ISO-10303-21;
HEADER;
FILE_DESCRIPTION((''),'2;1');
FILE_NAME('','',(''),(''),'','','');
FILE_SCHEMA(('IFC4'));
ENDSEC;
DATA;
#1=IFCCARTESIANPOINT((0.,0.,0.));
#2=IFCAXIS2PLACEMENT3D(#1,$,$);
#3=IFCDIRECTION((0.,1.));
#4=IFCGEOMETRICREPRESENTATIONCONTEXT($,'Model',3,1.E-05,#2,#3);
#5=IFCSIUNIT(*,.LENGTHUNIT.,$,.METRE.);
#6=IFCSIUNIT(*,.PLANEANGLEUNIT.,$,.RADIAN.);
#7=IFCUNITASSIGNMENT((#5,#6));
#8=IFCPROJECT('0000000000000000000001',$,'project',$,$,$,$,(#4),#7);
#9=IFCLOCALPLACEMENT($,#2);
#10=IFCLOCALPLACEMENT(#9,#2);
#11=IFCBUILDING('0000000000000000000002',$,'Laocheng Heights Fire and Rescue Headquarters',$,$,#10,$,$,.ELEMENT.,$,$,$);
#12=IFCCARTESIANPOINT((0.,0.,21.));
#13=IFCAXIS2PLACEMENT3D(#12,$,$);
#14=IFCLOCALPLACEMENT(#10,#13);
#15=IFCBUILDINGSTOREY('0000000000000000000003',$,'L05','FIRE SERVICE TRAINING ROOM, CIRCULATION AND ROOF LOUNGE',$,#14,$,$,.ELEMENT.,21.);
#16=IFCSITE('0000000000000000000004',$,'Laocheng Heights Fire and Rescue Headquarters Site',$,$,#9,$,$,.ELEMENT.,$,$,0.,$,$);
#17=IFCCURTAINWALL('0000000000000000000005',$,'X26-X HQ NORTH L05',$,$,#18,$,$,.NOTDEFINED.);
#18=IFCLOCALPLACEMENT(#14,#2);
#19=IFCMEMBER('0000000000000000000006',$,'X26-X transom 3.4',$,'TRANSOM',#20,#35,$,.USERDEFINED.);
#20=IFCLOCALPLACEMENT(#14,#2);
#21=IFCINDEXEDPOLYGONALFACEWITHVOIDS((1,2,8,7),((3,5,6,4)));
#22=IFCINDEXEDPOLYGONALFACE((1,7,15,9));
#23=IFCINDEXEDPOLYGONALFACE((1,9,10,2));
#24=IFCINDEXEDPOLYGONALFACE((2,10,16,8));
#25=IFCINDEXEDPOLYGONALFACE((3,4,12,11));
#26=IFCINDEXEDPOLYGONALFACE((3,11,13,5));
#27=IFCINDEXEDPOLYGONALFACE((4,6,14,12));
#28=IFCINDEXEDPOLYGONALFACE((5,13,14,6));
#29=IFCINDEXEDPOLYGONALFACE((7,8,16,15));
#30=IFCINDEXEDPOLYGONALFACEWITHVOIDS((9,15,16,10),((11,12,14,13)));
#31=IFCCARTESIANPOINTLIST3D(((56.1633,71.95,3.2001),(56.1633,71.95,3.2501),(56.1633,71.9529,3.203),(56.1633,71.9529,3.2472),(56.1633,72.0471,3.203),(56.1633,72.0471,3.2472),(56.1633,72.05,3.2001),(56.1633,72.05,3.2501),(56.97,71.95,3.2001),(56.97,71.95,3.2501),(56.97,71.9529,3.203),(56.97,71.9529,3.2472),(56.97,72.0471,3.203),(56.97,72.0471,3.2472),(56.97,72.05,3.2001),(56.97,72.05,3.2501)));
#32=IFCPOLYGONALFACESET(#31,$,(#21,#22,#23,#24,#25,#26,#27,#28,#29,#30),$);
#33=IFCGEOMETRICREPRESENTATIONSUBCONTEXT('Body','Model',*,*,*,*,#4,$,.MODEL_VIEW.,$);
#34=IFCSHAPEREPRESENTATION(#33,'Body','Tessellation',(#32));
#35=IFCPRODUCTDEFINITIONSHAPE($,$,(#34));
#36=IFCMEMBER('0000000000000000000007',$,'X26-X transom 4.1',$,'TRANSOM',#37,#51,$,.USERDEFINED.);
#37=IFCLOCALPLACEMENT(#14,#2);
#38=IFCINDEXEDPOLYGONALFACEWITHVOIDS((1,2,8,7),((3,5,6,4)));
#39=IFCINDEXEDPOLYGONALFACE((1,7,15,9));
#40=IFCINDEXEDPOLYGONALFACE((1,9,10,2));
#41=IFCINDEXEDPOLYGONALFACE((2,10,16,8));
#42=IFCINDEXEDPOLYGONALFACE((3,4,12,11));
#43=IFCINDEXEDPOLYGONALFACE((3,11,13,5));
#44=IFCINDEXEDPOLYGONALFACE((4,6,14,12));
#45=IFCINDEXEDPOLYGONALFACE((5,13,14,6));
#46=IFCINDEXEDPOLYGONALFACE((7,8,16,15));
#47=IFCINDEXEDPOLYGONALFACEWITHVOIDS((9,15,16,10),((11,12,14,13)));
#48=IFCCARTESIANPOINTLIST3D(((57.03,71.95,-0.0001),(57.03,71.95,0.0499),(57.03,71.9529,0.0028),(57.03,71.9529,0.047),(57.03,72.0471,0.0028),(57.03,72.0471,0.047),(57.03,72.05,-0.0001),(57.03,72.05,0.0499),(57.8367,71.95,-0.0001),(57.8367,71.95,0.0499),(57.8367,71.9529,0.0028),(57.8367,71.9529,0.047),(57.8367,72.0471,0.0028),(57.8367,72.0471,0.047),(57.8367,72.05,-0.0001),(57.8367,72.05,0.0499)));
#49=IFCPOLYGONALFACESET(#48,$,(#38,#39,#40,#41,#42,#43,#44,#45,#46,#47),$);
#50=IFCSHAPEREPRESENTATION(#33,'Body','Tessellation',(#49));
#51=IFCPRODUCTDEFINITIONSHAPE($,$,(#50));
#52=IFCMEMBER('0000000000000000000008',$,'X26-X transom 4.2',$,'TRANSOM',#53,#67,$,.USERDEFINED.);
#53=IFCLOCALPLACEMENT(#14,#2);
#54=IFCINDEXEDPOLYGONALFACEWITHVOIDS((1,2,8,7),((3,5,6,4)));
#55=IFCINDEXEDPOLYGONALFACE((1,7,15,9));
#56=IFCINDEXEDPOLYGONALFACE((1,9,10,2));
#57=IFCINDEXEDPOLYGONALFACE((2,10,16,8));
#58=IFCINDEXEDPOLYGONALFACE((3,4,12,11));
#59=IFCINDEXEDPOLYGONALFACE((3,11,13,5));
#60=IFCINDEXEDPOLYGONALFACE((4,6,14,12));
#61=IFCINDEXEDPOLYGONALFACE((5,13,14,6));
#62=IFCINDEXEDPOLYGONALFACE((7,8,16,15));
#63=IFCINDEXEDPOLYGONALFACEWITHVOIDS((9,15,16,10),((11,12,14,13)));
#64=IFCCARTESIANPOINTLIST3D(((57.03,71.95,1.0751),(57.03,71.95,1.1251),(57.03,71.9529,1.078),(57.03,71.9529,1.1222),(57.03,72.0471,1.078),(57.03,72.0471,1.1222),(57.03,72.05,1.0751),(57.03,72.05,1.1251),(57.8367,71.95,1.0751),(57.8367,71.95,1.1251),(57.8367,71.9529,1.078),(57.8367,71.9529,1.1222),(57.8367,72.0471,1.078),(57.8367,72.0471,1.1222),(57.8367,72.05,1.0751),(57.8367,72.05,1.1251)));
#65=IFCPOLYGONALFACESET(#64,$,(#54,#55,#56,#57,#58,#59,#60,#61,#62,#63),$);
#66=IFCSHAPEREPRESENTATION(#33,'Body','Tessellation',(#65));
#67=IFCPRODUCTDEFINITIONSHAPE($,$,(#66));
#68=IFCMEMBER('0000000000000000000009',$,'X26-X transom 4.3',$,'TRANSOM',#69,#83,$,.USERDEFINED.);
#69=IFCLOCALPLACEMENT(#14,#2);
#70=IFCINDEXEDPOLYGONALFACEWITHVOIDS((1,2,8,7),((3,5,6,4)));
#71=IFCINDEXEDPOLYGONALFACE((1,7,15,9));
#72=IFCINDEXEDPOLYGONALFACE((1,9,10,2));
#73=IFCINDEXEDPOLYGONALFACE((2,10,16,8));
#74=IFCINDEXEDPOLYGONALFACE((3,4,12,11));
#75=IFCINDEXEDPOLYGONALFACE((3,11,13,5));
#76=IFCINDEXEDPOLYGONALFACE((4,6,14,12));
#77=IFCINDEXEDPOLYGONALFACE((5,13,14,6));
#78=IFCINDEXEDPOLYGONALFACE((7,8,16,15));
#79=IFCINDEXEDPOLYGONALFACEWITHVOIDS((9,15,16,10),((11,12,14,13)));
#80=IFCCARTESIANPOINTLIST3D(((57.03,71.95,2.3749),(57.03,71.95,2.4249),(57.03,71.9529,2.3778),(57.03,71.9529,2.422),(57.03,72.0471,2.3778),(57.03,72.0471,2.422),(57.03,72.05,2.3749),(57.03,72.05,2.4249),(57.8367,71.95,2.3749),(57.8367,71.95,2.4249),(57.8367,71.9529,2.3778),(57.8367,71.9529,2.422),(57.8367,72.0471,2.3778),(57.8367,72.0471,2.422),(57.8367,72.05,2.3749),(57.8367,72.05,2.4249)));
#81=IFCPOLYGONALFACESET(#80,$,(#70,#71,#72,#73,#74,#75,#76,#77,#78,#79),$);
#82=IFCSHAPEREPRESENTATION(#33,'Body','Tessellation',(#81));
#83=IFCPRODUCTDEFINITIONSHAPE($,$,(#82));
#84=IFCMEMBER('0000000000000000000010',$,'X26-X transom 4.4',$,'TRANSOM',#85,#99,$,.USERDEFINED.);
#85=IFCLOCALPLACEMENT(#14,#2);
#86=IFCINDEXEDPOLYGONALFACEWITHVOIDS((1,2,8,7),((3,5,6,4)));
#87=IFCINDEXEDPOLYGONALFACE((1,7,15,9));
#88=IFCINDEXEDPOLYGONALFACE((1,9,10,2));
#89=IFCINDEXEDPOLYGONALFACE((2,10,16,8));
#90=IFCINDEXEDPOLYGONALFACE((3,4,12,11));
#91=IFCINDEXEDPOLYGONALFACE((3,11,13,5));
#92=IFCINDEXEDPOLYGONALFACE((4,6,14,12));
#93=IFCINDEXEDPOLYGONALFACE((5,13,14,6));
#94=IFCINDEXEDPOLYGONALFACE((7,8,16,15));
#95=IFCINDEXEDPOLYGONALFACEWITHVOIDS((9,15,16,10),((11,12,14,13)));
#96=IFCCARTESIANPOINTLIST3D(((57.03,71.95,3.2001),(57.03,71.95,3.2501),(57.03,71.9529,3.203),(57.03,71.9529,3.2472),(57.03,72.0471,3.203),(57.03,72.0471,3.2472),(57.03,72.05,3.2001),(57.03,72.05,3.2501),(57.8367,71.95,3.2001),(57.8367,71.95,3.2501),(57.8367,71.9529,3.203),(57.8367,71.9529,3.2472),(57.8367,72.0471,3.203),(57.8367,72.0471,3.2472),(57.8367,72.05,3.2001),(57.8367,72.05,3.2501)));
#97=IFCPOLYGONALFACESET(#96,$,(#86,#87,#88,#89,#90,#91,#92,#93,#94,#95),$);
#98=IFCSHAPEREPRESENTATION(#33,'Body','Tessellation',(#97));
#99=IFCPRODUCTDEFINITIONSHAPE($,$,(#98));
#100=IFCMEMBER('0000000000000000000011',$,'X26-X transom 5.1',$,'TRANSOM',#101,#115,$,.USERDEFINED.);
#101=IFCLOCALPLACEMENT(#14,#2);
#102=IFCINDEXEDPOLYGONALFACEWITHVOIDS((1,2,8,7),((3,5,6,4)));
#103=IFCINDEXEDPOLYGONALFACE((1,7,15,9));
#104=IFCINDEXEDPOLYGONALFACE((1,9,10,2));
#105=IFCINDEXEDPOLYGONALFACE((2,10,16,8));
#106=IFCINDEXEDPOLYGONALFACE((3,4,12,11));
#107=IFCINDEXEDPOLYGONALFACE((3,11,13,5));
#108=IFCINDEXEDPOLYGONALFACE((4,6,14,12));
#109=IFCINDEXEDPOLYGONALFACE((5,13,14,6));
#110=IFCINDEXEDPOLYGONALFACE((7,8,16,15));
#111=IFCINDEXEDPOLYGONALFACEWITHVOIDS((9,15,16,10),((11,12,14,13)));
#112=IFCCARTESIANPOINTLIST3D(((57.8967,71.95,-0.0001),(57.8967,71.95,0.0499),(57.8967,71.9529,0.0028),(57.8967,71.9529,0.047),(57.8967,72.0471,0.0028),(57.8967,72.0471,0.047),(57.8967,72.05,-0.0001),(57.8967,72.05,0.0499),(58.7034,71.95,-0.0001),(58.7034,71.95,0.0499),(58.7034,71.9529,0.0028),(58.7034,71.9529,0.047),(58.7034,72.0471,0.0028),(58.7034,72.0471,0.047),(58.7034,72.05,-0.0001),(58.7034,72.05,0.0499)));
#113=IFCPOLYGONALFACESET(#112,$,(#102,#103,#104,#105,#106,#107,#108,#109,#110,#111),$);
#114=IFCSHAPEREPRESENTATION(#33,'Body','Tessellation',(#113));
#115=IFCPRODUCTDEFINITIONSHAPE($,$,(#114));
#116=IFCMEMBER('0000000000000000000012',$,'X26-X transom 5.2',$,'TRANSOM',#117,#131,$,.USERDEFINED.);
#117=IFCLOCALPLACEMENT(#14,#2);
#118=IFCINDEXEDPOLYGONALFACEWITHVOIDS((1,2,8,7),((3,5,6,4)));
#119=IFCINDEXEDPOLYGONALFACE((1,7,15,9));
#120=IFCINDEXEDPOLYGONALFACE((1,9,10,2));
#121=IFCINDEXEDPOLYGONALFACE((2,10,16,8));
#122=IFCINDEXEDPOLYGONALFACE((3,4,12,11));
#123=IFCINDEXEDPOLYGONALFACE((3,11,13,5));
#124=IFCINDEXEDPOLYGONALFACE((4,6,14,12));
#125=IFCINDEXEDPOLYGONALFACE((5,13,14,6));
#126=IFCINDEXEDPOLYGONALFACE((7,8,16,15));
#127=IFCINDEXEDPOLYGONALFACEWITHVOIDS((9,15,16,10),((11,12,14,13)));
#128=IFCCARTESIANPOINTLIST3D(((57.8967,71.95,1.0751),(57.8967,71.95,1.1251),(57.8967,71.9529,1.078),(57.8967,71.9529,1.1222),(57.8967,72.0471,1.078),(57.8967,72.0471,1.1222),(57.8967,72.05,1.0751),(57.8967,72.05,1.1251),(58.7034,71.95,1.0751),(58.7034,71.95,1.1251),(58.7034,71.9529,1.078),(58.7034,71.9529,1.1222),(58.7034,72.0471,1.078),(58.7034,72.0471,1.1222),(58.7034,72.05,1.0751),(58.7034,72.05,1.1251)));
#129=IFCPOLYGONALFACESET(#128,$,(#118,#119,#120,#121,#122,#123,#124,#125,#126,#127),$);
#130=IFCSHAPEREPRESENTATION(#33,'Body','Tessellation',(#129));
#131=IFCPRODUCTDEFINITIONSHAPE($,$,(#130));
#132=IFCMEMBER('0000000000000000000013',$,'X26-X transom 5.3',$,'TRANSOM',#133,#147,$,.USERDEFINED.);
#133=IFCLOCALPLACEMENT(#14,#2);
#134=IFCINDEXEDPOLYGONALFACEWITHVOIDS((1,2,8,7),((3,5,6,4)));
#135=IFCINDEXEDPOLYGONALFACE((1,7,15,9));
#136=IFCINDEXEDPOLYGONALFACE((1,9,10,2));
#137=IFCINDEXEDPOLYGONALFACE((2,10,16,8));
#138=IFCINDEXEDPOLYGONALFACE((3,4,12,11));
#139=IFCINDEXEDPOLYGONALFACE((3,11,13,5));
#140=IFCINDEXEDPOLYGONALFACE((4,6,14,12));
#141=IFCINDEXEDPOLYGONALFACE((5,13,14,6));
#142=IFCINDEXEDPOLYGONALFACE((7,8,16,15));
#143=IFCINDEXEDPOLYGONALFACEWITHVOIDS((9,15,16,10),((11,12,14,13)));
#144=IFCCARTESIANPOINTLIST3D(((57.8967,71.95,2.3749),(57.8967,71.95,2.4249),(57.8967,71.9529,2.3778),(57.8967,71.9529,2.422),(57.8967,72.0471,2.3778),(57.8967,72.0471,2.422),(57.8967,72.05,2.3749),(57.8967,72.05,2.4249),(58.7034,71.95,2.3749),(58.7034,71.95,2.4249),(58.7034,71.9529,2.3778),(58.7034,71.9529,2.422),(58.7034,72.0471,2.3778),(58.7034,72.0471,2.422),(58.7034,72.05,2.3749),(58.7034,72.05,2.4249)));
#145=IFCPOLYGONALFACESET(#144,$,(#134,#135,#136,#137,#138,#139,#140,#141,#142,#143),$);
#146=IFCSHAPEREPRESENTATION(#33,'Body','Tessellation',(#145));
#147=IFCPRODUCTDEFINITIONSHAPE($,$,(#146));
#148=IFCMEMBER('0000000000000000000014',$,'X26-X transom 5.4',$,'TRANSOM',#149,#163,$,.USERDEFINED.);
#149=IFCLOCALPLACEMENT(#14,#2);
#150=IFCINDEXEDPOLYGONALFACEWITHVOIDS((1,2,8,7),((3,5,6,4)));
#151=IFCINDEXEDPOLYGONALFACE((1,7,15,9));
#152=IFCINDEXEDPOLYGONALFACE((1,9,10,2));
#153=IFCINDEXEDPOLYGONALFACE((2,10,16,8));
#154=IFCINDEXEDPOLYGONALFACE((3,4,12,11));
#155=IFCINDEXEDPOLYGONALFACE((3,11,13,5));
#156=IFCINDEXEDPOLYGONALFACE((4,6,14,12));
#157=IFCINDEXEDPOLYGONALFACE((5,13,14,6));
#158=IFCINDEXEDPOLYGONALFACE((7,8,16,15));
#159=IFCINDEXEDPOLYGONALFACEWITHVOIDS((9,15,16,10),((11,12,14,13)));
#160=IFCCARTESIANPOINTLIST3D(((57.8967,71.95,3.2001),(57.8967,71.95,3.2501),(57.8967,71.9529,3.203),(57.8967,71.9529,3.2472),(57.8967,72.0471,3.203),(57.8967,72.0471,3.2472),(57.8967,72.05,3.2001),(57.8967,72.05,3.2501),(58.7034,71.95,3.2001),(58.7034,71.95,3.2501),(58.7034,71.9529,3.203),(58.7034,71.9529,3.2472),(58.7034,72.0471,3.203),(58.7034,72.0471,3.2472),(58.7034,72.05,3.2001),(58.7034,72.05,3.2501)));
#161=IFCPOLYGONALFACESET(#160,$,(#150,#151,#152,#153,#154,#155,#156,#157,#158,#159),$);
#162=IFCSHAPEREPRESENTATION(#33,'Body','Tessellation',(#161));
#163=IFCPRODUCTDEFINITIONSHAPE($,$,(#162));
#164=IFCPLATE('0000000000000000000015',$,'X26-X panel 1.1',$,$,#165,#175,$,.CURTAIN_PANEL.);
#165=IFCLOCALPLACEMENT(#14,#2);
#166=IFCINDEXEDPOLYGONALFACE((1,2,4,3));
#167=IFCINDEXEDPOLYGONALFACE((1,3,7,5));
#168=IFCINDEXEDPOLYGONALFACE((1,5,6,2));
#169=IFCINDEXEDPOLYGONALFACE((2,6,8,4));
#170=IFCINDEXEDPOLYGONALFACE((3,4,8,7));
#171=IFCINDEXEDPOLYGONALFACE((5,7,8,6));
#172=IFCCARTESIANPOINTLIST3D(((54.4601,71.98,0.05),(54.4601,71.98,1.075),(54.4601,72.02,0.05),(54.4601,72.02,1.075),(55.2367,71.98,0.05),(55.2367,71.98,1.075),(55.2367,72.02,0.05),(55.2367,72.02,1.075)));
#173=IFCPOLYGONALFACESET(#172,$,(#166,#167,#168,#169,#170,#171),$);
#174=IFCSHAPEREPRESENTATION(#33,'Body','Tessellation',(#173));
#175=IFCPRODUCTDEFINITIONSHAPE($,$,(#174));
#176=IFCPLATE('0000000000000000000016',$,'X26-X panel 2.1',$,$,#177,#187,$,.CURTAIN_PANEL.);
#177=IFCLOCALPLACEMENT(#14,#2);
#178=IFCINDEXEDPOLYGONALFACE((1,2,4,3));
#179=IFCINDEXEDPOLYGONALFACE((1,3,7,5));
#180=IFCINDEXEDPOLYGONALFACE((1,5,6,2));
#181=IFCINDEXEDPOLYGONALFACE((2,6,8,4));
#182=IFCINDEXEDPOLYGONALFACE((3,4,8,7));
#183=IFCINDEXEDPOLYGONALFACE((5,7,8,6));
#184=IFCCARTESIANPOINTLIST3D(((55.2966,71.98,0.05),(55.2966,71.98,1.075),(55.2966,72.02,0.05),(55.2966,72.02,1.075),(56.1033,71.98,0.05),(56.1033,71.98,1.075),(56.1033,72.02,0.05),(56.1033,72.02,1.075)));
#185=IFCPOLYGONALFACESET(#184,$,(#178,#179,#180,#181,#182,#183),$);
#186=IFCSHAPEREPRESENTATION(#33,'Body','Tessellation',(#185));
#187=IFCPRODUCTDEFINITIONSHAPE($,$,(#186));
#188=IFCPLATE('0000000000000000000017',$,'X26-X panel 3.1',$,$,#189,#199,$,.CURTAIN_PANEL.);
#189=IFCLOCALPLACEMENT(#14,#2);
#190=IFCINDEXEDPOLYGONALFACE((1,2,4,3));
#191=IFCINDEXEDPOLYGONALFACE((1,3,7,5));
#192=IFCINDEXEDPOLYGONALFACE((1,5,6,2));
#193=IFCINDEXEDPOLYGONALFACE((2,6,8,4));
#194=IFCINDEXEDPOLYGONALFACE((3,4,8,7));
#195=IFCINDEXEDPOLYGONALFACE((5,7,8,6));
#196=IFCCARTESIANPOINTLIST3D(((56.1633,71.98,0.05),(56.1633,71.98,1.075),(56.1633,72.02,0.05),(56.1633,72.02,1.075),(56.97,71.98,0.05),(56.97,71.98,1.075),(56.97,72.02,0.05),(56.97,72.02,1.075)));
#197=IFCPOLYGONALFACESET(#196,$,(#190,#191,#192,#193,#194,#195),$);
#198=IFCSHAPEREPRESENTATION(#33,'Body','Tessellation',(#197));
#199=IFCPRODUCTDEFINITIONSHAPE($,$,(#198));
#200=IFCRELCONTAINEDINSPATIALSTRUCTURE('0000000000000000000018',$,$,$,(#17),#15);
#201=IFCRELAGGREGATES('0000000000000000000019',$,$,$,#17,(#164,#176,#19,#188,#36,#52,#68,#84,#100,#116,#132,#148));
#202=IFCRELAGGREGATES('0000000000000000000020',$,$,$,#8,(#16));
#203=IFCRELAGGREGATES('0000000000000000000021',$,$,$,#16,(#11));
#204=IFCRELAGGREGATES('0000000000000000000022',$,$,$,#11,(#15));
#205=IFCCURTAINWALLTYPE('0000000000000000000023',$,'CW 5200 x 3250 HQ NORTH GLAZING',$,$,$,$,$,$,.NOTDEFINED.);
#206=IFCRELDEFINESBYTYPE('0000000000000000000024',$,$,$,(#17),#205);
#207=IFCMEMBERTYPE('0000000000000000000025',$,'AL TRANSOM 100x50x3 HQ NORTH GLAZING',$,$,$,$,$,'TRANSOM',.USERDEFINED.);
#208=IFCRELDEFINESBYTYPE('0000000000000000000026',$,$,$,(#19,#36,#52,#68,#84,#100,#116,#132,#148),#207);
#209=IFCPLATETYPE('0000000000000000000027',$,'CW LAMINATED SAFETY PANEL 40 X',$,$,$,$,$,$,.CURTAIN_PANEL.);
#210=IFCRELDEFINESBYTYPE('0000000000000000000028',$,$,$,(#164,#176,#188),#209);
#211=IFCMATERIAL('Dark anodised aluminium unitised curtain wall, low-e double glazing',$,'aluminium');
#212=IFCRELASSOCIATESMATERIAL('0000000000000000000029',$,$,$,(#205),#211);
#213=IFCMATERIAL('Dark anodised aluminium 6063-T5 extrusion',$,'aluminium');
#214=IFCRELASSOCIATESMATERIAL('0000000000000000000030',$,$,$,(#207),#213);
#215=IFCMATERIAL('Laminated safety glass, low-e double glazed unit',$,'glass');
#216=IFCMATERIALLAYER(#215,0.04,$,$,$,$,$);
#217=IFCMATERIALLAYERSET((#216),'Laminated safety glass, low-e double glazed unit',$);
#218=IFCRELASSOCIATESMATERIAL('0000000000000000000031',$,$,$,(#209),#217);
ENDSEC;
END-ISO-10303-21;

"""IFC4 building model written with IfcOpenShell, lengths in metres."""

from ifc_helpers import new_model, si_unit, direction, frame, origin, origin_2d, place, context, subcontext, project, spatial, rectangle, hollow_rectangle, extrude, material, layer, layer_set, material_profile, profile_set, type_object, element, aggregate, save


model = new_model("IFC4")

# Units and contexts
model_context = context("Model", 3, precision=1e-05, world=origin(), true_north=direction((0.0, 1.0)))
body_context = subcontext(model_context, "Body", "Model", "MODEL_VIEW")
ifc_project = project(units=[si_unit("LENGTHUNIT", "METRE"), si_unit("PLANEANGLEUNIT", "RADIAN")], contexts=[model_context])

# Site, building, storey
site_placement = place(None, origin())
site = spatial("IfcSite", under=ifc_project, at=site_placement, Name="Laocheng Heights Fire and Rescue Headquarters Site", CompositionType="ELEMENT", RefElevation=0.0)
building_placement = place(site_placement, origin())
building = spatial("IfcBuilding", under=site, at=building_placement, Name="Laocheng Heights Fire and Rescue Headquarters", CompositionType="ELEMENT")
storey_placement = place(building_placement, frame((0.0, 0.0, 21.0)))
storey = spatial("IfcBuildingStorey", under=building, at=storey_placement, Name="L05", Description="FIRE SERVICE TRAINING ROOM, CIRCULATION AND ROOF LOUNGE", CompositionType="ELEMENT", Elevation=21.0)

# Curtain wall, members, plates
ifc_material_1 = material(Name="Dark anodised aluminium unitised curtain wall, low-e double glazing", Category="aluminium")
curtain_wall_type = type_object("IfcCurtainWallType", Name="CW 5200 x 3250 HQ NORTH GLAZING", PredefinedType="NOTDEFINED", material=ifc_material_1)
curtain_wall_placement = place(storey_placement, origin())
curtain_wall = element("IfcCurtainWall", 1, at=curtain_wall_placement, inside=storey, type_object=curtain_wall_type, Name="X26-X HQ NORTH L05", PredefinedType="NOTDEFINED")
ifc_material_2 = material(Name="Dark anodised aluminium 6063-T5 extrusion", Category="aluminium")
ifc_material_profile_1 = material_profile(ifc_material_2, hollow_rectangle(XDim=0.1001, YDim=0.05, WallThickness=0.0029, at=origin_2d()), Name="AL TRANSOM 100x50x3 HQ NORTH GLAZING")
ifc_profile_set_1 = profile_set([ifc_material_profile_1], Name="Dark anodised aluminium 6063-T5 extrusion")
member_type_1 = type_object("IfcMemberType", Name="AL TRANSOM 100x50x3 HQ NORTH GLAZING", ElementType="TRANSOM", PredefinedType="USERDEFINED", material=ifc_profile_set_1)
member_1_placement = place(storey_placement, frame((56.1633, 72.0, 3.2251), z_axis=(1.0, 0.0, 0.0), x_axis=(0.0, 1.0, 0.0)))
member_1 = element("IfcMember", 2, at=member_1_placement, type_object=member_type_1, Name="X26-X transom 3.4", ObjectType="TRANSOM", PredefinedType="USERDEFINED", context=body_context, shape_type="SweptSolid", body=[
    extrude(hollow_rectangle(XDim=0.1001, YDim=0.05, WallThickness=0.0029, at=origin_2d()), origin(), (0.0, 0.0, 1.0), 0.8066),
])
member_2_placement = place(storey_placement, frame((57.03, 72.0, 0.0249), z_axis=(1.0, 0.0, 0.0), x_axis=(0.0, 1.0, 0.0)))
member_2 = element("IfcMember", 3, at=member_2_placement, type_object=member_type_1, Name="X26-X transom 4.1", ObjectType="TRANSOM", PredefinedType="USERDEFINED", context=body_context, shape_type="SweptSolid", body=[
    extrude(hollow_rectangle(XDim=0.1001, YDim=0.05, WallThickness=0.0029, at=origin_2d()), origin(), (0.0, 0.0, 1.0), 0.8066),
])
member_3_placement = place(storey_placement, frame((57.03, 72.0, 1.1001), z_axis=(1.0, 0.0, 0.0), x_axis=(0.0, 1.0, 0.0)))
member_3 = element("IfcMember", 4, at=member_3_placement, type_object=member_type_1, Name="X26-X transom 4.2", ObjectType="TRANSOM", PredefinedType="USERDEFINED", context=body_context, shape_type="SweptSolid", body=[
    extrude(hollow_rectangle(XDim=0.1001, YDim=0.05, WallThickness=0.0029, at=origin_2d()), origin(), (0.0, 0.0, 1.0), 0.8066),
])
member_4_placement = place(storey_placement, frame((57.03, 72.0, 2.3999), z_axis=(1.0, 0.0, 0.0), x_axis=(0.0, 1.0, 0.0)))
member_4 = element("IfcMember", 5, at=member_4_placement, type_object=member_type_1, Name="X26-X transom 4.3", ObjectType="TRANSOM", PredefinedType="USERDEFINED", context=body_context, shape_type="SweptSolid", body=[
    extrude(hollow_rectangle(XDim=0.1001, YDim=0.05, WallThickness=0.0029, at=origin_2d()), origin(), (0.0, 0.0, 1.0), 0.8066),
])
member_5_placement = place(storey_placement, frame((57.03, 72.0, 3.2251), z_axis=(1.0, 0.0, 0.0), x_axis=(0.0, 1.0, 0.0)))
member_5 = element("IfcMember", 6, at=member_5_placement, type_object=member_type_1, Name="X26-X transom 4.4", ObjectType="TRANSOM", PredefinedType="USERDEFINED", context=body_context, shape_type="SweptSolid", body=[
    extrude(hollow_rectangle(XDim=0.1001, YDim=0.05, WallThickness=0.0029, at=origin_2d()), origin(), (0.0, 0.0, 1.0), 0.8066),
])
member_6_placement = place(storey_placement, frame((57.8967, 72.0, 0.0249), z_axis=(1.0, 0.0, 0.0), x_axis=(0.0, 1.0, 0.0)))
member_6 = element("IfcMember", 7, at=member_6_placement, type_object=member_type_1, Name="X26-X transom 5.1", ObjectType="TRANSOM", PredefinedType="USERDEFINED", context=body_context, shape_type="SweptSolid", body=[
    extrude(hollow_rectangle(XDim=0.1001, YDim=0.05, WallThickness=0.0029, at=origin_2d()), origin(), (0.0, 0.0, 1.0), 0.8066),
])
member_7_placement = place(storey_placement, frame((57.8967, 72.0, 1.1001), z_axis=(1.0, 0.0, 0.0), x_axis=(0.0, 1.0, 0.0)))
member_7 = element("IfcMember", 8, at=member_7_placement, type_object=member_type_1, Name="X26-X transom 5.2", ObjectType="TRANSOM", PredefinedType="USERDEFINED", context=body_context, shape_type="SweptSolid", body=[
    extrude(hollow_rectangle(XDim=0.1001, YDim=0.05, WallThickness=0.0029, at=origin_2d()), origin(), (0.0, 0.0, 1.0), 0.8066),
])
member_8_placement = place(storey_placement, frame((57.8967, 72.0, 2.3999), z_axis=(1.0, 0.0, 0.0), x_axis=(0.0, 1.0, 0.0)))
member_8 = element("IfcMember", 9, at=member_8_placement, type_object=member_type_1, Name="X26-X transom 5.3", ObjectType="TRANSOM", PredefinedType="USERDEFINED", context=body_context, shape_type="SweptSolid", body=[
    extrude(hollow_rectangle(XDim=0.1001, YDim=0.05, WallThickness=0.0029, at=origin_2d()), origin(), (0.0, 0.0, 1.0), 0.8066),
])
member_9_placement = place(storey_placement, frame((57.8967, 72.0, 3.2251), z_axis=(1.0, 0.0, 0.0), x_axis=(0.0, 1.0, 0.0)))
member_9 = element("IfcMember", 10, at=member_9_placement, type_object=member_type_1, Name="X26-X transom 5.4", ObjectType="TRANSOM", PredefinedType="USERDEFINED", context=body_context, shape_type="SweptSolid", body=[
    extrude(hollow_rectangle(XDim=0.1001, YDim=0.05, WallThickness=0.0029, at=origin_2d()), origin(), (0.0, 0.0, 1.0), 0.8066),
])
ifc_material_3 = material(Name="Laminated safety glass, low-e double glazed unit", Category="glass")
ifc_layer_1 = layer(ifc_material_3, 0.04)
ifc_layer_set_1 = layer_set([ifc_layer_1], Name="Laminated safety glass, low-e double glazed unit")
plate_type_1 = type_object("IfcPlateType", Name="CW LAMINATED SAFETY PANEL 40 X", PredefinedType="CURTAIN_PANEL", material=ifc_layer_set_1)
plate_1_placement = place(storey_placement, frame((54.8484, 72.0, 0.05), z_axis=(0.0, 0.0, 1.0), x_axis=(1.0, 0.0, 0.0)))
plate_1 = element("IfcPlate", 11, at=plate_1_placement, type_object=plate_type_1, Name="X26-X panel 1.1", PredefinedType="CURTAIN_PANEL", context=body_context, shape_type="SweptSolid", body=[
    extrude(rectangle(XDim=0.7766, YDim=0.04, at=origin_2d()), origin(), (0.0, 0.0, 1.0), 1.0249),
])
plate_2_placement = place(storey_placement, frame((55.7, 72.0, 0.05), z_axis=(0.0, 0.0, 1.0), x_axis=(1.0, 0.0, 0.0)))
plate_2 = element("IfcPlate", 12, at=plate_2_placement, type_object=plate_type_1, Name="X26-X panel 2.1", PredefinedType="CURTAIN_PANEL", context=body_context, shape_type="SweptSolid", body=[
    extrude(rectangle(XDim=0.8066, YDim=0.04, at=origin_2d()), origin(), (0.0, 0.0, 1.0), 1.0249),
])
plate_3_placement = place(storey_placement, frame((56.5667, 72.0, 0.05), z_axis=(0.0, 0.0, 1.0), x_axis=(1.0, 0.0, 0.0)))
plate_3 = element("IfcPlate", 13, at=plate_3_placement, type_object=plate_type_1, Name="X26-X panel 3.1", PredefinedType="CURTAIN_PANEL", context=body_context, shape_type="SweptSolid", body=[
    extrude(rectangle(XDim=0.8066, YDim=0.04, at=origin_2d()), origin(), (0.0, 0.0, 1.0), 1.0249),
])
aggregate(curtain_wall, [plate_1, plate_2, member_1, plate_3, member_2, member_3, member_4, member_5, member_6, member_7, member_8, member_9])

save(model, "model.ifc")
